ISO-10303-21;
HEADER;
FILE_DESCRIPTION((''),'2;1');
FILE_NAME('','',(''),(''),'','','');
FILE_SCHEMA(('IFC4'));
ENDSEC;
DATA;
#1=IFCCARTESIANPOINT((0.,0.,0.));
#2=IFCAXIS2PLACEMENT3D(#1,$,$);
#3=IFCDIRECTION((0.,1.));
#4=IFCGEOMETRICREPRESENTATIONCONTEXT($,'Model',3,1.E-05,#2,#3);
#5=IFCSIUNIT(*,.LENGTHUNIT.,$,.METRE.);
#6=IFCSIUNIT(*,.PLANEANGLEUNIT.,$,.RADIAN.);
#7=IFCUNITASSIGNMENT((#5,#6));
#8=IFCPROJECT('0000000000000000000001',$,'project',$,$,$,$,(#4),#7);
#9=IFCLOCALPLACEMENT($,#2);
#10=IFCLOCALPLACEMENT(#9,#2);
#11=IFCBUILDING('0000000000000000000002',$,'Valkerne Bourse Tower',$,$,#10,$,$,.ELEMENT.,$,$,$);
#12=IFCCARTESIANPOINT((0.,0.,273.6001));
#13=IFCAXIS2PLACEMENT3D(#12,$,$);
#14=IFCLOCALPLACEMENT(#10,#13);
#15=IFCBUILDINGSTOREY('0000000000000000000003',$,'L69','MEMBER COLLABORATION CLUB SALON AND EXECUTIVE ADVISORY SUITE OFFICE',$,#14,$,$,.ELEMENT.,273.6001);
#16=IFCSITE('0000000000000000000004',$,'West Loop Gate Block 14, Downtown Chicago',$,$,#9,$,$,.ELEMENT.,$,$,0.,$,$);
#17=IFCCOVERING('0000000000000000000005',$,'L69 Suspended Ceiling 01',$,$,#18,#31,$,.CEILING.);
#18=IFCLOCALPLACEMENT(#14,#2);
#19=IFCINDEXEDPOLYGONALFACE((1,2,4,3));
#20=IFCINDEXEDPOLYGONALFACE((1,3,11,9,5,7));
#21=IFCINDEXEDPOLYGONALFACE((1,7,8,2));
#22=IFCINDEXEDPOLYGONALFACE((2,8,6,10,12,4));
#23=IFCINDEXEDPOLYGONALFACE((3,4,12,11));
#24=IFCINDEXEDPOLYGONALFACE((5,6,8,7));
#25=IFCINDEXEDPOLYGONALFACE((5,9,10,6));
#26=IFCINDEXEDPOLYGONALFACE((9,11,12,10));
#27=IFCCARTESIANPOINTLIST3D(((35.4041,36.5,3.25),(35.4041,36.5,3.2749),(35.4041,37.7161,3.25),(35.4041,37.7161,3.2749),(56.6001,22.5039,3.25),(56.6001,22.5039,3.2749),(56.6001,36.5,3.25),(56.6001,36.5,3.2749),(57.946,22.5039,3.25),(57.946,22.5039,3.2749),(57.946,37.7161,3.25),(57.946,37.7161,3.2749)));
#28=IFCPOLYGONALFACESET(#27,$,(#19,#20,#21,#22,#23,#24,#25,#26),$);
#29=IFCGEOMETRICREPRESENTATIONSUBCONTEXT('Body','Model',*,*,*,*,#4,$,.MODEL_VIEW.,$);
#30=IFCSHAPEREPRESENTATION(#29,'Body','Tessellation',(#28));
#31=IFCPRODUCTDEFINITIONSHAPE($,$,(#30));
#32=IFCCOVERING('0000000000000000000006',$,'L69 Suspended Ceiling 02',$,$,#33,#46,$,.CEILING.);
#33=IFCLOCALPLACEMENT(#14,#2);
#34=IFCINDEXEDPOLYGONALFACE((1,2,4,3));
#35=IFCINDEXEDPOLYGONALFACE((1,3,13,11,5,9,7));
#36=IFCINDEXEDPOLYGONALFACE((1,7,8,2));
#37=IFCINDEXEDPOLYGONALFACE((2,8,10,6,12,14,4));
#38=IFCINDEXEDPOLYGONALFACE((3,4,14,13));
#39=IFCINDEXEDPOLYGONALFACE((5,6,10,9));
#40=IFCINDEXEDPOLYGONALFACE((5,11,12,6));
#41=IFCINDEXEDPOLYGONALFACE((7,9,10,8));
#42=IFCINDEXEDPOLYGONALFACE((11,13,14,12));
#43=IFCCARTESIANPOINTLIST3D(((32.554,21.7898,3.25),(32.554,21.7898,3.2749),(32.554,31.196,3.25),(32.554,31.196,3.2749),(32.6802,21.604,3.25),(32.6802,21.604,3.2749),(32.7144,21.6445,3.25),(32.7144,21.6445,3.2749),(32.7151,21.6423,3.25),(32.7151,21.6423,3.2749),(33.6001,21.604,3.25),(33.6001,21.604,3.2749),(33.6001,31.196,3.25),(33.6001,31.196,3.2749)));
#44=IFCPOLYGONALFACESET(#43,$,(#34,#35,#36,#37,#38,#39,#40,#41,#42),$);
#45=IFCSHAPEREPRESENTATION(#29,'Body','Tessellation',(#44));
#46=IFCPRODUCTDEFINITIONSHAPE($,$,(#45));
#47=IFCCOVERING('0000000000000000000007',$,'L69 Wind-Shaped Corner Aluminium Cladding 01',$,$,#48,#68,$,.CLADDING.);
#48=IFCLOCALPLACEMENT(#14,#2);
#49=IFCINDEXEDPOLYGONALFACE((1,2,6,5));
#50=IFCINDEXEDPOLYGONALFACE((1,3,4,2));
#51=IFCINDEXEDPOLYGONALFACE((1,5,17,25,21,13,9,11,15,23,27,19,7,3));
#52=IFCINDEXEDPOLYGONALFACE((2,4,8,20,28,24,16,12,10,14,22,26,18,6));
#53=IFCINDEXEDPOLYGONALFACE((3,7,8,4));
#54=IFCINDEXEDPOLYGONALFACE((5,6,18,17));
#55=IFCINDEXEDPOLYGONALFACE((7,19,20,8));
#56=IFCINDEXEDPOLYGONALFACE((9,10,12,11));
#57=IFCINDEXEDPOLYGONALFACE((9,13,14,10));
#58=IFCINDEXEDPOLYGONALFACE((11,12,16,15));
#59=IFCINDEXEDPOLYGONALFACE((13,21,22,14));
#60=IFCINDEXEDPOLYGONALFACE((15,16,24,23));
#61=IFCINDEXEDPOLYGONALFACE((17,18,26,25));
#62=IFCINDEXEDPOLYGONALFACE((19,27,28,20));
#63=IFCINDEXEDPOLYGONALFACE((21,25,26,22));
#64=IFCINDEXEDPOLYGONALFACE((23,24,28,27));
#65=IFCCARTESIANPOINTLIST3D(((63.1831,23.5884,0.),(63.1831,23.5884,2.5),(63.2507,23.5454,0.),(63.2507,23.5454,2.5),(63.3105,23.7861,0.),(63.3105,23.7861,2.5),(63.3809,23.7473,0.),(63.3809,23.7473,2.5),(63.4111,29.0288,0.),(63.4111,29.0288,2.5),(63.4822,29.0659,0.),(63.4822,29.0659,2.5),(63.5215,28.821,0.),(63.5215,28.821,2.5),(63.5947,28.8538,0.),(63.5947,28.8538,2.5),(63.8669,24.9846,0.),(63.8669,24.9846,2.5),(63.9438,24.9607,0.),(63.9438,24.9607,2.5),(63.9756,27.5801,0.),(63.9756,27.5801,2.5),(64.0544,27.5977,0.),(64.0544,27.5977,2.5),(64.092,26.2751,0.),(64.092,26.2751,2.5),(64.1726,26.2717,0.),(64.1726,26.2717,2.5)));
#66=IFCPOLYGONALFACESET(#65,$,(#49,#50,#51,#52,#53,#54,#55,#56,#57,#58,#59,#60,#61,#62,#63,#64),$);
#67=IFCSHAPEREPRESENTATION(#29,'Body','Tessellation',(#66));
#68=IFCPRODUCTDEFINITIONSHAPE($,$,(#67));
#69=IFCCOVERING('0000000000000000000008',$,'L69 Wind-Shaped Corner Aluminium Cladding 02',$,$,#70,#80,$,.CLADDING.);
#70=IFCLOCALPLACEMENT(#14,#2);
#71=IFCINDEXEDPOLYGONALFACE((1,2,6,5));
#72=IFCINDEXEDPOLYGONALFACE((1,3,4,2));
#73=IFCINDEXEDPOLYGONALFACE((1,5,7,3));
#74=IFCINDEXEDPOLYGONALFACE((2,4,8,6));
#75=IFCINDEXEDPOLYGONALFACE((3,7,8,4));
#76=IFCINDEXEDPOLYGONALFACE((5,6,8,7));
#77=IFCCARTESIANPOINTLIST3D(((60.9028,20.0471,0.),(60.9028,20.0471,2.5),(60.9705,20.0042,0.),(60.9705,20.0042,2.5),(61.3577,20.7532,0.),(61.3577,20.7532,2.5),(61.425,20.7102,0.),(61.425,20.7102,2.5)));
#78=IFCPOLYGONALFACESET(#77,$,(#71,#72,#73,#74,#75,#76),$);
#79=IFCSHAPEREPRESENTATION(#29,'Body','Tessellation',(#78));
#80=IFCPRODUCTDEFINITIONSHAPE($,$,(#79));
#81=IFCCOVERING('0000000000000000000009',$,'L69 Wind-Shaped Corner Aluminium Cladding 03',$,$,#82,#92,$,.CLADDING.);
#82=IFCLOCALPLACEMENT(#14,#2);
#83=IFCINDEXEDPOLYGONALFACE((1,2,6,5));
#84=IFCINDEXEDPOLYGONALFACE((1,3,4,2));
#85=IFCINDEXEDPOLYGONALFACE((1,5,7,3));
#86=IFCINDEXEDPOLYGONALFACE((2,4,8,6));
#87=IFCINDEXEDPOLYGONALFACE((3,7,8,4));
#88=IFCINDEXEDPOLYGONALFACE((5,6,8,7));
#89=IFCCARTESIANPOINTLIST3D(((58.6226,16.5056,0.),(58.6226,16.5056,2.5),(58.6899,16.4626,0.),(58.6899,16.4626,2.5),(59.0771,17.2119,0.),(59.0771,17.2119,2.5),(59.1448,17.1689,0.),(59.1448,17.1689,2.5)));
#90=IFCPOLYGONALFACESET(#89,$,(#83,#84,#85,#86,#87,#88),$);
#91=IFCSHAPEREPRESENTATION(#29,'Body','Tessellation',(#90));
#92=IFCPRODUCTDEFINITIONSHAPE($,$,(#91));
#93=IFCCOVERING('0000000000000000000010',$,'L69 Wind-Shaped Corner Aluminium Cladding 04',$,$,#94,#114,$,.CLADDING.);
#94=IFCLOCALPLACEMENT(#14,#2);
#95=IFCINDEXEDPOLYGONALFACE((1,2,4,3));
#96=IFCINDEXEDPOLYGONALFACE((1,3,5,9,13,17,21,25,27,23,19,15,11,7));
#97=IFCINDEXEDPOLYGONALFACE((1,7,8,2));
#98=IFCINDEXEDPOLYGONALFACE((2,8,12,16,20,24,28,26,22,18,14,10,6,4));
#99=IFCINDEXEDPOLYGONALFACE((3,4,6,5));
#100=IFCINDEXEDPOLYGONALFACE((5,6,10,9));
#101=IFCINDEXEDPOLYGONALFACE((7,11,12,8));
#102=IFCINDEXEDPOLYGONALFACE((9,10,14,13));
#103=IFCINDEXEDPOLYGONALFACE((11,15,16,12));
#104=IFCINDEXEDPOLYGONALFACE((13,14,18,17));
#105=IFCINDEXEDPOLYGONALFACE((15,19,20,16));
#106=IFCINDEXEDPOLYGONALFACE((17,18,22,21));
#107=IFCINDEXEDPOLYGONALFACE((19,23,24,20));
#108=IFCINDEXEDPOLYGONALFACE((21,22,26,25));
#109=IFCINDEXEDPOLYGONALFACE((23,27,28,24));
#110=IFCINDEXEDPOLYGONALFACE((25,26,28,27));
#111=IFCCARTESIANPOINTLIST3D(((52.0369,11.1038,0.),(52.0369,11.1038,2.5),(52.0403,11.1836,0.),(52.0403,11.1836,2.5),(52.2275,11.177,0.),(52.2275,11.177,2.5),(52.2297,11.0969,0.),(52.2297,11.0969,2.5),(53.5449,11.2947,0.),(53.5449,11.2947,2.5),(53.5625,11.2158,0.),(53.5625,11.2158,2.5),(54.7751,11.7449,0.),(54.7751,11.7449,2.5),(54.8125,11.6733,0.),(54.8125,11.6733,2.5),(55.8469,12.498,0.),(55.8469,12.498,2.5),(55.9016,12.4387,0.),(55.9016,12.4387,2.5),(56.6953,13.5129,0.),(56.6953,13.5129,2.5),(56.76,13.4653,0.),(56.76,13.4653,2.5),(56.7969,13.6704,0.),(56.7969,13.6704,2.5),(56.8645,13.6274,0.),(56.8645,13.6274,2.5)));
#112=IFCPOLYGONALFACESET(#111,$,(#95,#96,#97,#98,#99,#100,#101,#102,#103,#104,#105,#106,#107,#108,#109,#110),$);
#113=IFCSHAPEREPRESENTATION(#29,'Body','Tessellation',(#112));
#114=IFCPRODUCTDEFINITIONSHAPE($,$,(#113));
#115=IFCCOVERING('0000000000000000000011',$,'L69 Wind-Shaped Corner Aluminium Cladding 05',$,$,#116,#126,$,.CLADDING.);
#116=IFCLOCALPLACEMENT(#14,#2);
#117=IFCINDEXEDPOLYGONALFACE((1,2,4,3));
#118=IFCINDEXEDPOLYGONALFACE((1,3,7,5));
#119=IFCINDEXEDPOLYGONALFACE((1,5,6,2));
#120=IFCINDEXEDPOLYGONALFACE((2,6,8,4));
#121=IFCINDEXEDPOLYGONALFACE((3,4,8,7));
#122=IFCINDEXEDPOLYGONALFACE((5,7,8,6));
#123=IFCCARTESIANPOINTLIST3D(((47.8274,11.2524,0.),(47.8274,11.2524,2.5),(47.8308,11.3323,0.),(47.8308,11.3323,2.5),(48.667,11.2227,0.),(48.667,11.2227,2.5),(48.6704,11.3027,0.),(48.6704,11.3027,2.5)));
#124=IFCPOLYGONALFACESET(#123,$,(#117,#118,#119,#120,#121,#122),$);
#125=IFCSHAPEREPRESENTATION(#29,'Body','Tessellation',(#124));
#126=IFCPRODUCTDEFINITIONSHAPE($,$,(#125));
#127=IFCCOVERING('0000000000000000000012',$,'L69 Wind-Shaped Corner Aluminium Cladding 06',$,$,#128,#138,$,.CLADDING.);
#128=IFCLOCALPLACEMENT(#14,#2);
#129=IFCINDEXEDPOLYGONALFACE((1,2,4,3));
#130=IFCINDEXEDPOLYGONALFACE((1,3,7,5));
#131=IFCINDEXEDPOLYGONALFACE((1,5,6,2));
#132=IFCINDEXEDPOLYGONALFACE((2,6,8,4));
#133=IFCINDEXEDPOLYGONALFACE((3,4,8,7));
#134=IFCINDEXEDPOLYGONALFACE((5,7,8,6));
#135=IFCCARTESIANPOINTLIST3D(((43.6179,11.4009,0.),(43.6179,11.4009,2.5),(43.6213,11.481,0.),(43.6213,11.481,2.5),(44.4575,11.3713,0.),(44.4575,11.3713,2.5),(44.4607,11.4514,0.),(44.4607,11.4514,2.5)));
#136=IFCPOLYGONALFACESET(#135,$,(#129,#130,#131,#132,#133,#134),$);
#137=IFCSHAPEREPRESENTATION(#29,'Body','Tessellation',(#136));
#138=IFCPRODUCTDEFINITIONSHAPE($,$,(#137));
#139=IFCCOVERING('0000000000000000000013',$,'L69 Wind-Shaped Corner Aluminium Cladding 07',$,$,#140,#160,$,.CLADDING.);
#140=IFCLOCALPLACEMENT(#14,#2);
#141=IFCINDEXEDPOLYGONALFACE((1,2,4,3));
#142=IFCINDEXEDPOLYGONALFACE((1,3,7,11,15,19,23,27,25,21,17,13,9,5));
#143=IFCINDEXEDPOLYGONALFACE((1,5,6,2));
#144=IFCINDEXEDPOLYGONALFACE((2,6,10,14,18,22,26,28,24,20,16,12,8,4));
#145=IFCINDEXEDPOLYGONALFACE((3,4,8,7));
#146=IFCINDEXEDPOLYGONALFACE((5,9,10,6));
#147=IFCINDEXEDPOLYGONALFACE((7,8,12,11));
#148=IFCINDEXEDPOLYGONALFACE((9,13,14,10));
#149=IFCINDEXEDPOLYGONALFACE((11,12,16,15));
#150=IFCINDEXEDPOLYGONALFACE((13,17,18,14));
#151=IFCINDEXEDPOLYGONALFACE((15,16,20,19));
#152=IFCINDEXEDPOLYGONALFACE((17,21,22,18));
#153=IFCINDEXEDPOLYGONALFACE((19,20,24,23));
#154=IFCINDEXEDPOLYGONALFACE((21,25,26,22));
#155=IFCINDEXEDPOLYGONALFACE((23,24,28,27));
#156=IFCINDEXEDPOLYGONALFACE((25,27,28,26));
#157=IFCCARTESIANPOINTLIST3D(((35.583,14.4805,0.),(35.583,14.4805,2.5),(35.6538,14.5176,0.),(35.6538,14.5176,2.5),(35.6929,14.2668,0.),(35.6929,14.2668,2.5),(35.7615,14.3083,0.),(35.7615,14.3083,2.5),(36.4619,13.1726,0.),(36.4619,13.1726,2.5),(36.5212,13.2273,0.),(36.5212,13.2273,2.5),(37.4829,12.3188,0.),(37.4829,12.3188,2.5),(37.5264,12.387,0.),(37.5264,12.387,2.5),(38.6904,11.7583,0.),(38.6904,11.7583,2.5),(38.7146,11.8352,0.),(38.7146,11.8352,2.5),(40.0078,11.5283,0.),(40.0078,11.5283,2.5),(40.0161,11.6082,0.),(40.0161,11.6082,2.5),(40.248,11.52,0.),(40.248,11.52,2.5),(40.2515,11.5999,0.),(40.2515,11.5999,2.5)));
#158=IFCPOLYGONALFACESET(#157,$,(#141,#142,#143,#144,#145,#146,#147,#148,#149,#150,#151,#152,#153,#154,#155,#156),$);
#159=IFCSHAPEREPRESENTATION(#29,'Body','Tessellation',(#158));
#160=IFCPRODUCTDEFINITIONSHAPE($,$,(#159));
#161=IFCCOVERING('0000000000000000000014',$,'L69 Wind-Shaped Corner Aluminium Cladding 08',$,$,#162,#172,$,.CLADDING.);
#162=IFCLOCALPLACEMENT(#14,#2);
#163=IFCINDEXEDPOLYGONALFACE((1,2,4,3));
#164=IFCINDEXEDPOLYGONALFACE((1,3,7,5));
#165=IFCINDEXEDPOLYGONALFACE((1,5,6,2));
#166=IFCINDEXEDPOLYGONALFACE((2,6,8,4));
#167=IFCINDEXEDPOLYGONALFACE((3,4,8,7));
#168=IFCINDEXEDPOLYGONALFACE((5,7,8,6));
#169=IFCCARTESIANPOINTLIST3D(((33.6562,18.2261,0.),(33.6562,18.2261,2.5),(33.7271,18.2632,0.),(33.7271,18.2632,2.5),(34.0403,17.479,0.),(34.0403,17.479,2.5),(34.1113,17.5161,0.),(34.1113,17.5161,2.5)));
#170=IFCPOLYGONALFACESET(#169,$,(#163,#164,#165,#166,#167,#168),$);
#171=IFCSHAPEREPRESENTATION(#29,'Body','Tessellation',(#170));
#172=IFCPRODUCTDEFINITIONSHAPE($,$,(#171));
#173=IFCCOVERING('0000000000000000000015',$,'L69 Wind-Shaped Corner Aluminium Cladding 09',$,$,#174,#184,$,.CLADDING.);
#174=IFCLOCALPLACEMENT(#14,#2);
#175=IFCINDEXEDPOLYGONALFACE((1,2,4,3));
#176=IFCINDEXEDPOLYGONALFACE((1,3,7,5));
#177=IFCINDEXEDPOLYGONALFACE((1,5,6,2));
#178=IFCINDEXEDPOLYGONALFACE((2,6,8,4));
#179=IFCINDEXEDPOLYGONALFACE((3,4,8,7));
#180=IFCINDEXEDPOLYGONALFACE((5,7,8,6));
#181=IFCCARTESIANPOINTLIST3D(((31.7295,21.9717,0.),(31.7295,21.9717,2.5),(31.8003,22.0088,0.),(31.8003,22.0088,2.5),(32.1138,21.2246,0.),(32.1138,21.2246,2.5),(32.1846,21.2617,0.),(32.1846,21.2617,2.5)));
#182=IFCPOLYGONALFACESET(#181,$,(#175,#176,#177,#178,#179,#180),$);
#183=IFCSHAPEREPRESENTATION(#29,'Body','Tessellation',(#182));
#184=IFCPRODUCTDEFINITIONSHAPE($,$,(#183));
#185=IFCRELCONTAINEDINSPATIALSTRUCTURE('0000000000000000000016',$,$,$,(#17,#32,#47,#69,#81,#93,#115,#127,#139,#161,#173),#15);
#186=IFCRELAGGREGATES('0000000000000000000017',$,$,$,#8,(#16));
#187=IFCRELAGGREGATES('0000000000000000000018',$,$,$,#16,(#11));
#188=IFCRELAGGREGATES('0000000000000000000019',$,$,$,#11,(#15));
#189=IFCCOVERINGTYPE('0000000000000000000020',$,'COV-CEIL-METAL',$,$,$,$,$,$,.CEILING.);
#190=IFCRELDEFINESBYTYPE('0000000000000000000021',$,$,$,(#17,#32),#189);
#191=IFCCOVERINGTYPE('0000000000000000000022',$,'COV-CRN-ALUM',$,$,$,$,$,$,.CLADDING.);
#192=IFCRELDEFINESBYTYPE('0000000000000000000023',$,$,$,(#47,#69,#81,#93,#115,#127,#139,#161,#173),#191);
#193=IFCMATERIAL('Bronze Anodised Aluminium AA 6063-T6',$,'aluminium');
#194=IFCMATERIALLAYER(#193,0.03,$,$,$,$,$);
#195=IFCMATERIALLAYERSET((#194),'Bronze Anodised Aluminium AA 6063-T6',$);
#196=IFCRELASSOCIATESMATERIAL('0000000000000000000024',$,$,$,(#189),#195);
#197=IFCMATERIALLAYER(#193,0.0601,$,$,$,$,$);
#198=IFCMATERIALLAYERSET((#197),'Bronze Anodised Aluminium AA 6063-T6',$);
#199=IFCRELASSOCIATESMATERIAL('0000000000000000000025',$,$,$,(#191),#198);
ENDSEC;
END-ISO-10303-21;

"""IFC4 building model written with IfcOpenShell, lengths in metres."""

from ifc_helpers import new_model, si_unit, direction, frame, origin, place, context, subcontext, project, spatial, polyline, outline, extrude, material, layer, layer_set, type_object, element, save


model = new_model("IFC4")

# Units and contexts
model_context = context("Model", 3, precision=1e-05, world=origin(), true_north=direction((0.0, 1.0)))
body_context = subcontext(model_context, "Body", "Model", "MODEL_VIEW")
ifc_project = project(units=[si_unit("LENGTHUNIT", "METRE"), si_unit("PLANEANGLEUNIT", "RADIAN")], contexts=[model_context])

# Site, building, storey
site_placement = place(None, origin())
site = spatial("IfcSite", under=ifc_project, at=site_placement, Name="West Loop Gate Block 14, Downtown Chicago", CompositionType="ELEMENT", RefElevation=0.0)
building_placement = place(site_placement, origin())
building = spatial("IfcBuilding", under=site, at=building_placement, Name="Valkerne Bourse Tower", CompositionType="ELEMENT")
storey_placement = place(building_placement, frame((0.0, 0.0, 273.6001)))
storey = spatial("IfcBuildingStorey", under=building, at=storey_placement, Name="L69", Description="MEMBER COLLABORATION CLUB SALON AND EXECUTIVE ADVISORY SUITE OFFICE", CompositionType="ELEMENT", Elevation=273.6001)

# Coverings
ifc_material_1 = material(Name="Bronze Anodised Aluminium AA 6063-T6", Category="aluminium")
ifc_layer_1 = layer(ifc_material_1, 0.03)
ifc_layer_set_1 = layer_set([ifc_layer_1], Name="Bronze Anodised Aluminium AA 6063-T6")
covering_type_1 = type_object("IfcCoveringType", Name="COV-CEIL-METAL", PredefinedType="CEILING", material=ifc_layer_set_1)
covering_1_placement = place(storey_placement, frame((0.0, 0.0, 3.25)))
element("IfcCovering", 1, at=covering_1_placement, inside=storey, type_object=covering_type_1, Name="L69 Suspended Ceiling 01", PredefinedType="CEILING", context=body_context, shape_type="SweptSolid", body=[
    extrude(outline(polyline([(35.4041, 37.7161), (57.946, 37.7161), (57.946, 22.5039), (56.6001, 22.5039), (56.6001, 36.5), (35.4041, 36.5), (35.4041, 37.7161)])), origin(), (0.0, 0.0, 1.0), 0.0249),
])
covering_2_placement = place(storey_placement, frame((0.0, 0.0, 3.25)))
element("IfcCovering", 2, at=covering_2_placement, inside=storey, type_object=covering_type_1, Name="L69 Suspended Ceiling 02", PredefinedType="CEILING", context=body_context, shape_type="SweptSolid", body=[
    extrude(outline(polyline([(32.6802, 21.604), (32.7151, 21.6423), (32.7144, 21.6445), (32.554, 21.7898), (32.554, 31.196), (33.6001, 31.196), (33.6001, 21.604), (32.6802, 21.604)])), origin(), (0.0, 0.0, 1.0), 0.0249),
])
ifc_layer_2 = layer(ifc_material_1, 0.0601)
ifc_layer_set_2 = layer_set([ifc_layer_2], Name="Bronze Anodised Aluminium AA 6063-T6")
covering_type_2 = type_object("IfcCoveringType", Name="COV-CRN-ALUM", PredefinedType="CLADDING", material=ifc_layer_set_2)
covering_3_placement = place(storey_placement, origin())
element("IfcCovering", 3, at=covering_3_placement, inside=storey, type_object=covering_type_2, Name="L69 Wind-Shaped Corner Aluminium Cladding 01", PredefinedType="CLADDING", context=body_context, shape_type="SweptSolid", body=[
    extrude(outline(polyline([(64.0544, 27.5977), (64.1726, 26.2717), (63.9438, 24.9607), (63.3809, 23.7473), (63.2507, 23.5454), (63.1831, 23.5884), (63.3105, 23.7861), (63.8669, 24.9846), (64.092, 26.2751), (63.9756, 27.5801), (63.5215, 28.821), (63.4111, 29.0288), (63.4822, 29.0659), (63.5947, 28.8538), (64.0544, 27.5977)])), origin(), (0.0, 0.0, 1.0), 2.5),
])
covering_4_placement = place(storey_placement, origin())
element("IfcCovering", 4, at=covering_4_placement, inside=storey, type_object=covering_type_2, Name="L69 Wind-Shaped Corner Aluminium Cladding 02", PredefinedType="CLADDING", context=body_context, shape_type="SweptSolid", body=[
    extrude(outline(polyline([(60.9705, 20.0042), (60.9028, 20.0471), (61.3577, 20.7532), (61.425, 20.7102), (60.9705, 20.0042)])), origin(), (0.0, 0.0, 1.0), 2.5),
])
covering_5_placement = place(storey_placement, origin())
element("IfcCovering", 5, at=covering_5_placement, inside=storey, type_object=covering_type_2, Name="L69 Wind-Shaped Corner Aluminium Cladding 03", PredefinedType="CLADDING", context=body_context, shape_type="SweptSolid", body=[
    extrude(outline(polyline([(58.6899, 16.4626), (58.6226, 16.5056), (59.0771, 17.2119), (59.1448, 17.1689), (58.6899, 16.4626)])), origin(), (0.0, 0.0, 1.0), 2.5),
])
covering_6_placement = place(storey_placement, origin())
element("IfcCovering", 6, at=covering_6_placement, inside=storey, type_object=covering_type_2, Name="L69 Wind-Shaped Corner Aluminium Cladding 04", PredefinedType="CLADDING", context=body_context, shape_type="SweptSolid", body=[
    extrude(outline(polyline([(56.76, 13.4653), (55.9016, 12.4387), (54.8125, 11.6733), (53.5625, 11.2158), (52.2297, 11.0969), (52.0369, 11.1038), (52.0403, 11.1836), (52.2275, 11.177), (53.5449, 11.2947), (54.7751, 11.7449), (55.8469, 12.498), (56.6953, 13.5129), (56.7969, 13.6704), (56.8645, 13.6274), (56.76, 13.4653)])), origin(), (0.0, 0.0, 1.0), 2.5),
])
covering_7_placement = place(storey_placement, origin())
element("IfcCovering", 7, at=covering_7_placement, inside=storey, type_object=covering_type_2, Name="L69 Wind-Shaped Corner Aluminium Cladding 05", PredefinedType="CLADDING", context=body_context, shape_type="SweptSolid", body=[
    extrude(outline(polyline([(47.8274, 11.2524), (47.8308, 11.3323), (48.6704, 11.3027), (48.667, 11.2227), (47.8274, 11.2524)])), origin(), (0.0, 0.0, 1.0), 2.5),
])
covering_8_placement = place(storey_placement, origin())
element("IfcCovering", 8, at=covering_8_placement, inside=storey, type_object=covering_type_2, Name="L69 Wind-Shaped Corner Aluminium Cladding 06", PredefinedType="CLADDING", context=body_context, shape_type="SweptSolid", body=[
    extrude(outline(polyline([(43.6179, 11.4009), (43.6213, 11.481), (44.4607, 11.4514), (44.4575, 11.3713), (43.6179, 11.4009)])), origin(), (0.0, 0.0, 1.0), 2.5),
])
covering_9_placement = place(storey_placement, origin())
element("IfcCovering", 9, at=covering_9_placement, inside=storey, type_object=covering_type_2, Name="L69 Wind-Shaped Corner Aluminium Cladding 07", PredefinedType="CLADDING", context=body_context, shape_type="SweptSolid", body=[
    extrude(outline(polyline([(40.0078, 11.5283), (38.6904, 11.7583), (37.4829, 12.3188), (36.4619, 13.1726), (35.6929, 14.2668), (35.583, 14.4805), (35.6538, 14.5176), (35.7615, 14.3083), (36.5212, 13.2273), (37.5264, 12.387), (38.7146, 11.8352), (40.0161, 11.6082), (40.2515, 11.5999), (40.248, 11.52), (40.0078, 11.5283)])), origin(), (0.0, 0.0, 1.0), 2.5),
])
covering_10_placement = place(storey_placement, origin())
element("IfcCovering", 10, at=covering_10_placement, inside=storey, type_object=covering_type_2, Name="L69 Wind-Shaped Corner Aluminium Cladding 08", PredefinedType="CLADDING", context=body_context, shape_type="SweptSolid", body=[
    extrude(outline(polyline([(33.6562, 18.2261), (33.7271, 18.2632), (34.1113, 17.5161), (34.0403, 17.479), (33.6562, 18.2261)])), origin(), (0.0, 0.0, 1.0), 2.5),
])
covering_11_placement = place(storey_placement, origin())
element("IfcCovering", 11, at=covering_11_placement, inside=storey, type_object=covering_type_2, Name="L69 Wind-Shaped Corner Aluminium Cladding 09", PredefinedType="CLADDING", context=body_context, shape_type="SweptSolid", body=[
    extrude(outline(polyline([(31.7295, 21.9717), (31.8003, 22.0088), (32.1846, 21.2617), (32.1138, 21.2246), (31.7295, 21.9717)])), origin(), (0.0, 0.0, 1.0), 2.5),
])

save(model, "model.ifc")
